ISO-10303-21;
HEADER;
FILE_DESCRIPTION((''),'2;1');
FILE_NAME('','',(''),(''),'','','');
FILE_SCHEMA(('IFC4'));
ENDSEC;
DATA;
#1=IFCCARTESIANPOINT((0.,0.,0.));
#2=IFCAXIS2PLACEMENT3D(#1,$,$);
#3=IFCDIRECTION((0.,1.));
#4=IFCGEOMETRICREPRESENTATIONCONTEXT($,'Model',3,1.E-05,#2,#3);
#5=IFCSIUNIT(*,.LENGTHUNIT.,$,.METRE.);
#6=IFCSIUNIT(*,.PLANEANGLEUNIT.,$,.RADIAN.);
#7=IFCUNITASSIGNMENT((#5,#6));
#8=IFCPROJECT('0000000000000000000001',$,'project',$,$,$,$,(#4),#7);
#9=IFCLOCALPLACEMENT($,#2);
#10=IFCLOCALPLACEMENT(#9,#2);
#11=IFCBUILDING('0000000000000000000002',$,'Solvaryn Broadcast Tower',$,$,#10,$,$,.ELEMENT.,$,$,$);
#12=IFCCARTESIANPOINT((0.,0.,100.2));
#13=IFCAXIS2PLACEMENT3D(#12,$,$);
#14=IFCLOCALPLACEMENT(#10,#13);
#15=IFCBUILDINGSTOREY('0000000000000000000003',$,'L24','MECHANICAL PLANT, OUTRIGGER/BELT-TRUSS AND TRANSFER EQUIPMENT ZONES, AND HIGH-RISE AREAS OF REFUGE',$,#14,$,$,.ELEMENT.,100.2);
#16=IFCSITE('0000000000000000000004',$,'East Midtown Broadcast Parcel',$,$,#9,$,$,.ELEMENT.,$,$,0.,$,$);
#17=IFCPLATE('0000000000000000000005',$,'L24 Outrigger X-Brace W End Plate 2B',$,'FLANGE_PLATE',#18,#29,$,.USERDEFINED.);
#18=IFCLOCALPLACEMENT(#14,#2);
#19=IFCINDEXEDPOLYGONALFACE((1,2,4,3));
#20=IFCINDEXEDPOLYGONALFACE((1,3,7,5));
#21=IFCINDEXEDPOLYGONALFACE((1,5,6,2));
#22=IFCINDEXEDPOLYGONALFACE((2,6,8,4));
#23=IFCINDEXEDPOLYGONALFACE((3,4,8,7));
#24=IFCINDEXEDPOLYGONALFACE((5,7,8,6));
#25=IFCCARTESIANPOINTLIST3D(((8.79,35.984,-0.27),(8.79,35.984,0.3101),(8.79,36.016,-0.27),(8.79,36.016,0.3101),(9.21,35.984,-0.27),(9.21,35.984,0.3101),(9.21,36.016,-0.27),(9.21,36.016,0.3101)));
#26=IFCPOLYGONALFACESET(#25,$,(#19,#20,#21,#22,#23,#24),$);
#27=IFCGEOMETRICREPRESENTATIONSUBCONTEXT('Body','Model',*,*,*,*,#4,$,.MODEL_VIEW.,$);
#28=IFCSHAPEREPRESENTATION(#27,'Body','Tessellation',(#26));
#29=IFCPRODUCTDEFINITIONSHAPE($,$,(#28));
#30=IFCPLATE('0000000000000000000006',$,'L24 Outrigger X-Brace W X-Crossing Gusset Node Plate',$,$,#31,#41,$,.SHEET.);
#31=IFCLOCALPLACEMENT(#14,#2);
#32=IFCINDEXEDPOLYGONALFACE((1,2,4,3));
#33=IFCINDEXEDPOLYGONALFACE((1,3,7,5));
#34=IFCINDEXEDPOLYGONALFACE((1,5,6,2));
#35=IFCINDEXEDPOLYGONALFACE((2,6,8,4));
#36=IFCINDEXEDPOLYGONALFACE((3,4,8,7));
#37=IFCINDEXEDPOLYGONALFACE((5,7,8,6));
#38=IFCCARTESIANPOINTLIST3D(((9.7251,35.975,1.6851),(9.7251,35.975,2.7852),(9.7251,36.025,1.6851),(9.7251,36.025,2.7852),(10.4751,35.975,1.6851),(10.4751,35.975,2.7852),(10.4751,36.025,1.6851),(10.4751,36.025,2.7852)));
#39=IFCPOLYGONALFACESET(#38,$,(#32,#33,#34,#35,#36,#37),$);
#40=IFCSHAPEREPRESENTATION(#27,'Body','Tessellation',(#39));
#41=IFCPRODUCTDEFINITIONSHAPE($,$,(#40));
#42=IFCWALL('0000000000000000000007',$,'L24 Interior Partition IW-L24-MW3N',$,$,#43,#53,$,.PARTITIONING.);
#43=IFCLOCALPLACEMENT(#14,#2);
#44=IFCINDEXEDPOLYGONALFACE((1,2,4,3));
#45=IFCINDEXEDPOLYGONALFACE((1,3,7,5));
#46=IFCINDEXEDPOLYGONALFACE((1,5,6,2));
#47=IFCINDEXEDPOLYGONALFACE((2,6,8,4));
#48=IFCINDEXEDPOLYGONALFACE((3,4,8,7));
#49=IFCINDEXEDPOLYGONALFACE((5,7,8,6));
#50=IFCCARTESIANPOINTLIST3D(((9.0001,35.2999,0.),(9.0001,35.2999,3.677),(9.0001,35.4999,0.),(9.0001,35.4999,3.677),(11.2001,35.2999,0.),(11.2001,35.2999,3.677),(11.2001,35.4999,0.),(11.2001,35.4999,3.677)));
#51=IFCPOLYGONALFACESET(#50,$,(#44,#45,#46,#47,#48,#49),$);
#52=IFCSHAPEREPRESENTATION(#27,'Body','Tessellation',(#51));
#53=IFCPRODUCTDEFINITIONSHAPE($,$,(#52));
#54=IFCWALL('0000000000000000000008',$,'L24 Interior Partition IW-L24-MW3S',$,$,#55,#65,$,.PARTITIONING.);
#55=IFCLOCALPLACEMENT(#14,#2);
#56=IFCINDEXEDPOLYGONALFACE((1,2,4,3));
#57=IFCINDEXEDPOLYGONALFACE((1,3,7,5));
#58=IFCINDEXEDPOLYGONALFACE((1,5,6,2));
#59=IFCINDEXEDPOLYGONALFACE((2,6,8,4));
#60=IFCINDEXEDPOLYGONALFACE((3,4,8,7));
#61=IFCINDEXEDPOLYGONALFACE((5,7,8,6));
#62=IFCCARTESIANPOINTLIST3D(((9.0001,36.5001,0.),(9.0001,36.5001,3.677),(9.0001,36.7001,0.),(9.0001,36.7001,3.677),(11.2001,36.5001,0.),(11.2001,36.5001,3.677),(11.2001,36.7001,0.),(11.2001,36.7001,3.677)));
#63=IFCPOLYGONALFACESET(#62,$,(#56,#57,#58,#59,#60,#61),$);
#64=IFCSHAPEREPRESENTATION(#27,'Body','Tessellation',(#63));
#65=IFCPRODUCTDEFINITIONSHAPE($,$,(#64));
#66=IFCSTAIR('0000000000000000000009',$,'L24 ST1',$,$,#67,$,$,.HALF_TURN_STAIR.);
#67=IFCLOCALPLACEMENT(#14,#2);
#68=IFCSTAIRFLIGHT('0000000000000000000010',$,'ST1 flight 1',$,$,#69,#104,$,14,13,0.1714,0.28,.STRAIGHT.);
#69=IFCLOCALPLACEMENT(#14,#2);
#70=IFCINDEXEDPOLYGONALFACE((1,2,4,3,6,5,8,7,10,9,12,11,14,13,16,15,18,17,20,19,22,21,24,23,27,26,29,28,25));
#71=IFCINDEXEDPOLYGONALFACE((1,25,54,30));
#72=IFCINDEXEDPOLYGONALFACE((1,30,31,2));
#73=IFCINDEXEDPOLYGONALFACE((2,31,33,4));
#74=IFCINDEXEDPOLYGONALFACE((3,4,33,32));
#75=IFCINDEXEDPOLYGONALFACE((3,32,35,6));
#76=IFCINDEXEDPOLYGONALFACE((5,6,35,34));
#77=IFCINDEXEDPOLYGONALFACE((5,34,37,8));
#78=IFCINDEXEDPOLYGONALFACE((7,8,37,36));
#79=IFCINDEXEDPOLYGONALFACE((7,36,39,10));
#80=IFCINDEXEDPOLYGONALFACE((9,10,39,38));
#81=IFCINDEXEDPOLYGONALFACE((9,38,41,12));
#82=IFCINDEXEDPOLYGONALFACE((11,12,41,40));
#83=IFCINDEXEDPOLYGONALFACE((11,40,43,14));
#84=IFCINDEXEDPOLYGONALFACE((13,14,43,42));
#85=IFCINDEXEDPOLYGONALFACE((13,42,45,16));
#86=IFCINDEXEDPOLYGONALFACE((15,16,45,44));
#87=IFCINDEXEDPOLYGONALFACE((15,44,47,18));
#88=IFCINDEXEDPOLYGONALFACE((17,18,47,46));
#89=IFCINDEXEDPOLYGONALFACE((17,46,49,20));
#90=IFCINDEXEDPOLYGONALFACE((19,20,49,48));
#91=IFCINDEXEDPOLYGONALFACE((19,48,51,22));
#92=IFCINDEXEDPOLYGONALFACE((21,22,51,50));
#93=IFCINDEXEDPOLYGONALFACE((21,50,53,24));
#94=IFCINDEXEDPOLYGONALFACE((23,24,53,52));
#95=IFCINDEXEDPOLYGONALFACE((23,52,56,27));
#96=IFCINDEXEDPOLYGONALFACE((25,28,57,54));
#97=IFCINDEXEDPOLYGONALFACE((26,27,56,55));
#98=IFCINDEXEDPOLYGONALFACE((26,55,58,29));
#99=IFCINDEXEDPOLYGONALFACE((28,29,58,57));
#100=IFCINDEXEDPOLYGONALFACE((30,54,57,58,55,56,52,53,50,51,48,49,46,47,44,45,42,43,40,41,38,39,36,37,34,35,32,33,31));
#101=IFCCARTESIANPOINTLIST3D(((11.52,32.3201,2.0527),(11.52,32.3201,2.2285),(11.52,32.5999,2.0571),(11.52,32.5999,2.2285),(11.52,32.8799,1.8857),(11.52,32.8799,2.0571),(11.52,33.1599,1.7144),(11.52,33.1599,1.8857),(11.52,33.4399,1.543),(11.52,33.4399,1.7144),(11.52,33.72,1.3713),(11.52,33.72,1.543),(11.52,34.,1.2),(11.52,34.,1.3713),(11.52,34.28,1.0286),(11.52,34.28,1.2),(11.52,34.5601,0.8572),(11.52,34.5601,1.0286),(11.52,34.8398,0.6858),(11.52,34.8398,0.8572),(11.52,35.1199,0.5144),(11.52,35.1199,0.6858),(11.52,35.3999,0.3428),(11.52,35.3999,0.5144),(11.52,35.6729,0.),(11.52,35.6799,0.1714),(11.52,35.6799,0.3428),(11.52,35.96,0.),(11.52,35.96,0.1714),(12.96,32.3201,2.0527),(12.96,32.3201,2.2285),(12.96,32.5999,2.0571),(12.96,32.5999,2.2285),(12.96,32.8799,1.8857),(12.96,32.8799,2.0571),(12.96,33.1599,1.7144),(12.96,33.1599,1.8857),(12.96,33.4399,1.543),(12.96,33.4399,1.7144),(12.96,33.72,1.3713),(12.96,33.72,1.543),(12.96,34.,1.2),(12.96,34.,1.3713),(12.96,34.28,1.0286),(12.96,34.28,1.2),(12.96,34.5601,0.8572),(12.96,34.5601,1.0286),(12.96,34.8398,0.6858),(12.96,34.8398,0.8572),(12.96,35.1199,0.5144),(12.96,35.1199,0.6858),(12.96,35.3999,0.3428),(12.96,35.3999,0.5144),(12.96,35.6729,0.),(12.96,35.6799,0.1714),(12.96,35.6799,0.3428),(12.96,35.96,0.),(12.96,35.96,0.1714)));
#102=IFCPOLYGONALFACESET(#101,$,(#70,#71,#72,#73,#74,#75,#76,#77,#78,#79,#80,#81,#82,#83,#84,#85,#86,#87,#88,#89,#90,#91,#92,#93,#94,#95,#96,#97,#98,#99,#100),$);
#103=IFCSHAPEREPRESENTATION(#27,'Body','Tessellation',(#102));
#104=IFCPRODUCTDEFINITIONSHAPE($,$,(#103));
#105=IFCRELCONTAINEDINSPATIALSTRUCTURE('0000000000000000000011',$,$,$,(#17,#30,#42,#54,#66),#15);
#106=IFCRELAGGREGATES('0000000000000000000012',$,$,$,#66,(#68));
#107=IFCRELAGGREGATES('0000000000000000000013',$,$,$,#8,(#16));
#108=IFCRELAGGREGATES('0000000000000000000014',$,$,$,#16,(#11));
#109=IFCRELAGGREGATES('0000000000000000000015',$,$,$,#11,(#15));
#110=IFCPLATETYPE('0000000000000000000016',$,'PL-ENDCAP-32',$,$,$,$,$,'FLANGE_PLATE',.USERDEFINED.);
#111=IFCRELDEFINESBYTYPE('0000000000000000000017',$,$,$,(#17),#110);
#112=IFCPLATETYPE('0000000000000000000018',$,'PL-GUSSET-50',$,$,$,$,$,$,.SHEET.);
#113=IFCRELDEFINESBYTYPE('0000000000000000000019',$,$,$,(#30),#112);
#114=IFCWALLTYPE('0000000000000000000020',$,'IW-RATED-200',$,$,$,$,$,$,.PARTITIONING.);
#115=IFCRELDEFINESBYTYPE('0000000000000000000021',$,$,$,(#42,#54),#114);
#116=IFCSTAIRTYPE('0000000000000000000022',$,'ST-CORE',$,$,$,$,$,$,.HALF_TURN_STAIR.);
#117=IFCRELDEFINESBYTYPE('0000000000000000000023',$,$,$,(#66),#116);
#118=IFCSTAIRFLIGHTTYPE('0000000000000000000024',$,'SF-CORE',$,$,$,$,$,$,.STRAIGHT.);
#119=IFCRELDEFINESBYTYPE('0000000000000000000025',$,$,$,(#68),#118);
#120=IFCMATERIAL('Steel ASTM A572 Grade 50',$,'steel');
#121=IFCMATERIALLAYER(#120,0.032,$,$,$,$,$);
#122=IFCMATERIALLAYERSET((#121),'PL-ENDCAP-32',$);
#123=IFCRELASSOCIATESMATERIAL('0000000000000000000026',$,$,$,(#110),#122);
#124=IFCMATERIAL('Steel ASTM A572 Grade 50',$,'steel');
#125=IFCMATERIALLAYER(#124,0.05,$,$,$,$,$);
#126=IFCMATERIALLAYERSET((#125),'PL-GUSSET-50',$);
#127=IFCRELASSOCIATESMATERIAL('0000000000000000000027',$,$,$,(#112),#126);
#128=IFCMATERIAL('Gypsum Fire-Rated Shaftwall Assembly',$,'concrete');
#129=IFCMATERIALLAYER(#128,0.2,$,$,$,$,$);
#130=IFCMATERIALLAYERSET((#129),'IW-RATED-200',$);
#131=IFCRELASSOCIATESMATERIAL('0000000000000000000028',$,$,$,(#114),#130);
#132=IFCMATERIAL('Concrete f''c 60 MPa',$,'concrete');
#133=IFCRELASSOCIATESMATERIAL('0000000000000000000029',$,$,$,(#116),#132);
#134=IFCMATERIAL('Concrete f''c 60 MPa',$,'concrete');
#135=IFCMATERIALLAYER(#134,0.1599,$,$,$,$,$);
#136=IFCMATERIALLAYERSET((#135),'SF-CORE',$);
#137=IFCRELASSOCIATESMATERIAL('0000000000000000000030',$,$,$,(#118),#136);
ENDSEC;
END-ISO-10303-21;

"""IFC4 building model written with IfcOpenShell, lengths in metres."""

from ifc_helpers import new_model, si_unit, direction, frame, frame_2d, origin, origin_2d, place, context, subcontext, project, spatial, polyline, rectangle, outline, extrude, material, layer, layer_set, type_object, element, aggregate, save


model = new_model("IFC4")

# Units and contexts
model_context = context("Model", 3, precision=1e-05, world=origin(), true_north=direction((0.0, 1.0)))
body_context = subcontext(model_context, "Body", "Model", "MODEL_VIEW")
ifc_project = project(units=[si_unit("LENGTHUNIT", "METRE"), si_unit("PLANEANGLEUNIT", "RADIAN")], contexts=[model_context])

# Site, building, storey
site_placement = place(None, origin())
site = spatial("IfcSite", under=ifc_project, at=site_placement, Name="East Midtown Broadcast Parcel", CompositionType="ELEMENT", RefElevation=0.0)
building_placement = place(site_placement, origin())
building = spatial("IfcBuilding", under=site, at=building_placement, Name="Solvaryn Broadcast Tower", CompositionType="ELEMENT")
storey_placement = place(building_placement, frame((0.0, 0.0, 100.2)))
storey = spatial("IfcBuildingStorey", under=building, at=storey_placement, Name="L24", Description="MECHANICAL PLANT, OUTRIGGER/BELT-TRUSS AND TRANSFER EQUIPMENT ZONES, AND HIGH-RISE AREAS OF REFUGE", CompositionType="ELEMENT", Elevation=100.2)

# Plates
ifc_material_1 = material(Name="Steel ASTM A572 Grade 50", Category="steel")
ifc_layer_1 = layer(ifc_material_1, 0.032)
ifc_layer_set_1 = layer_set([ifc_layer_1], Name="PL-ENDCAP-32")
plate_type_1 = type_object("IfcPlateType", Name="PL-ENDCAP-32", ElementType="FLANGE_PLATE", PredefinedType="USERDEFINED", material=ifc_layer_set_1)
for number, where, z_axis, x_axis, name in (
    (1, (9.0, 36.0, -0.27), (0.0, 0.0, 1.0), (1.0, 0.0, 0.0), "L24 Outrigger X-Brace W End Plate 2B"),
):
    element("IfcPlate", number, at=place(storey_placement, frame(where, z_axis=z_axis, x_axis=x_axis)), inside=storey, type_object=plate_type_1, Name=name, ObjectType="FLANGE_PLATE", PredefinedType="USERDEFINED", context=body_context, shape_type="SweptSolid", body=[
        extrude(rectangle(XDim=0.4199, YDim=0.032, at=origin_2d()), origin(), (0.0, 0.0, 1.0), 0.5801),
    ])
ifc_material_2 = material(Name="Steel ASTM A572 Grade 50", Category="steel")
ifc_layer_2 = layer(ifc_material_2, 0.05)
ifc_layer_set_2 = layer_set([ifc_layer_2], Name="PL-GUSSET-50")
plate_type_2 = type_object("IfcPlateType", Name="PL-GUSSET-50", PredefinedType="SHEET", material=ifc_layer_set_2)
plate_1_placement = place(storey_placement, frame((10.1001, 36.0, 1.6851), z_axis=(0.0, 0.0, 1.0), x_axis=(1.0, 0.0, 0.0)))
element("IfcPlate", 2, at=plate_1_placement, inside=storey, type_object=plate_type_2, Name="L24 Outrigger X-Brace W X-Crossing Gusset Node Plate", PredefinedType="SHEET", context=body_context, shape_type="SweptSolid", body=[
    extrude(rectangle(XDim=0.75, YDim=0.05, at=origin_2d()), origin(), (0.0, 0.0, 1.0), 1.1001),
])

# Walls
ifc_material_3 = material(Name="Gypsum Fire-Rated Shaftwall Assembly", Category="concrete")
ifc_layer_3 = layer(ifc_material_3, 0.2)
ifc_layer_set_3 = layer_set([ifc_layer_3], Name="IW-RATED-200")
wall_type = type_object("IfcWallType", Name="IW-RATED-200", PredefinedType="PARTITIONING", material=ifc_layer_set_3)
for number, where, z_axis, x_axis, name in (
    (3, (9.0, 35.3999, 0.0), (0.0, 0.0, 1.0), (1.0, 0.0, 0.0), "L24 Interior Partition IW-L24-MW3N"),
    (4, (9.0, 36.6001, 0.0), (0.0, 0.0, 1.0), (1.0, 0.0, 0.0), "L24 Interior Partition IW-L24-MW3S"),
):
    element("IfcWall", number, at=place(storey_placement, frame(where, z_axis=z_axis, x_axis=x_axis)), inside=storey, type_object=wall_type, Name=name, PredefinedType="PARTITIONING", context=body_context, shape_type="SweptSolid", body=[
        extrude(rectangle(XDim=2.2, YDim=0.2, at=frame_2d((1.1001, 0.0))), origin(), (0.0, 0.0, 1.0), 3.677),
    ])

# Stair, stair flight
ifc_material_4 = material(Name="Concrete f'c 60 MPa", Category="concrete")
stair_type = type_object("IfcStairType", Name="ST-CORE", PredefinedType="HALF_TURN_STAIR", material=ifc_material_4)
stair_placement = place(storey_placement, origin())
stair = element("IfcStair", 5, at=stair_placement, inside=storey, type_object=stair_type, Name="L24 ST1", PredefinedType="HALF_TURN_STAIR")
ifc_material_5 = material(Name="Concrete f'c 60 MPa", Category="concrete")
ifc_layer_4 = layer(ifc_material_5, 0.1599)
ifc_layer_set_4 = layer_set([ifc_layer_4], Name="SF-CORE")
stair_flight_type = type_object("IfcStairFlightType", Name="SF-CORE", PredefinedType="STRAIGHT", material=ifc_layer_set_4)
stair_flight_placement = place(storey_placement, frame((12.24, 35.96, 0.0), z_axis=(0.0, 0.0, 1.0), x_axis=(0.0, -1.0, 0.0)))
stair_flight = element("IfcStairFlight", 6, at=stair_flight_placement, type_object=stair_flight_type, Name="ST1 flight 1", NumberOfRisers=14, NumberOfTreads=13, PredefinedType="STRAIGHT", RiserHeight=0.1714, TreadLength=0.28, context=body_context, shape_type="SweptSolid", body=[
    extrude(outline(polyline([(0.0, 0.0), (0.0, 0.1714), (0.28, 0.1714), (0.28, 0.3428), (0.5601, 0.3428), (0.5601, 0.5144), (0.8401, 0.5144), (0.8401, 0.6858), (1.1201, 0.6858), (1.1201, 0.8572), (1.3999, 0.8572), (1.3999, 1.0286), (1.6799, 1.0286), (1.6799, 1.2), (1.96, 1.2), (1.96, 1.3713), (2.24, 1.3713), (2.24, 1.543), (2.52, 1.543), (2.52, 1.7144), (2.8, 1.7144), (2.8, 1.8857), (3.0801, 1.8857), (3.0801, 2.0571), (3.3601, 2.0571), (3.3601, 2.2285), (3.6399, 2.2285), (3.6399, 2.3999), (3.6399, 2.0527), (0.2871, 0.0), (0.0, 0.0)])), frame((0.0, 0.72, 0.0), z_axis=(0.0, -1.0, 0.0), x_axis=(1.0, 0.0, 0.0)), (0.0, 0.0, 1.0), 1.4399),
])
aggregate(stair, [stair_flight])

save(model, "model.ifc")
